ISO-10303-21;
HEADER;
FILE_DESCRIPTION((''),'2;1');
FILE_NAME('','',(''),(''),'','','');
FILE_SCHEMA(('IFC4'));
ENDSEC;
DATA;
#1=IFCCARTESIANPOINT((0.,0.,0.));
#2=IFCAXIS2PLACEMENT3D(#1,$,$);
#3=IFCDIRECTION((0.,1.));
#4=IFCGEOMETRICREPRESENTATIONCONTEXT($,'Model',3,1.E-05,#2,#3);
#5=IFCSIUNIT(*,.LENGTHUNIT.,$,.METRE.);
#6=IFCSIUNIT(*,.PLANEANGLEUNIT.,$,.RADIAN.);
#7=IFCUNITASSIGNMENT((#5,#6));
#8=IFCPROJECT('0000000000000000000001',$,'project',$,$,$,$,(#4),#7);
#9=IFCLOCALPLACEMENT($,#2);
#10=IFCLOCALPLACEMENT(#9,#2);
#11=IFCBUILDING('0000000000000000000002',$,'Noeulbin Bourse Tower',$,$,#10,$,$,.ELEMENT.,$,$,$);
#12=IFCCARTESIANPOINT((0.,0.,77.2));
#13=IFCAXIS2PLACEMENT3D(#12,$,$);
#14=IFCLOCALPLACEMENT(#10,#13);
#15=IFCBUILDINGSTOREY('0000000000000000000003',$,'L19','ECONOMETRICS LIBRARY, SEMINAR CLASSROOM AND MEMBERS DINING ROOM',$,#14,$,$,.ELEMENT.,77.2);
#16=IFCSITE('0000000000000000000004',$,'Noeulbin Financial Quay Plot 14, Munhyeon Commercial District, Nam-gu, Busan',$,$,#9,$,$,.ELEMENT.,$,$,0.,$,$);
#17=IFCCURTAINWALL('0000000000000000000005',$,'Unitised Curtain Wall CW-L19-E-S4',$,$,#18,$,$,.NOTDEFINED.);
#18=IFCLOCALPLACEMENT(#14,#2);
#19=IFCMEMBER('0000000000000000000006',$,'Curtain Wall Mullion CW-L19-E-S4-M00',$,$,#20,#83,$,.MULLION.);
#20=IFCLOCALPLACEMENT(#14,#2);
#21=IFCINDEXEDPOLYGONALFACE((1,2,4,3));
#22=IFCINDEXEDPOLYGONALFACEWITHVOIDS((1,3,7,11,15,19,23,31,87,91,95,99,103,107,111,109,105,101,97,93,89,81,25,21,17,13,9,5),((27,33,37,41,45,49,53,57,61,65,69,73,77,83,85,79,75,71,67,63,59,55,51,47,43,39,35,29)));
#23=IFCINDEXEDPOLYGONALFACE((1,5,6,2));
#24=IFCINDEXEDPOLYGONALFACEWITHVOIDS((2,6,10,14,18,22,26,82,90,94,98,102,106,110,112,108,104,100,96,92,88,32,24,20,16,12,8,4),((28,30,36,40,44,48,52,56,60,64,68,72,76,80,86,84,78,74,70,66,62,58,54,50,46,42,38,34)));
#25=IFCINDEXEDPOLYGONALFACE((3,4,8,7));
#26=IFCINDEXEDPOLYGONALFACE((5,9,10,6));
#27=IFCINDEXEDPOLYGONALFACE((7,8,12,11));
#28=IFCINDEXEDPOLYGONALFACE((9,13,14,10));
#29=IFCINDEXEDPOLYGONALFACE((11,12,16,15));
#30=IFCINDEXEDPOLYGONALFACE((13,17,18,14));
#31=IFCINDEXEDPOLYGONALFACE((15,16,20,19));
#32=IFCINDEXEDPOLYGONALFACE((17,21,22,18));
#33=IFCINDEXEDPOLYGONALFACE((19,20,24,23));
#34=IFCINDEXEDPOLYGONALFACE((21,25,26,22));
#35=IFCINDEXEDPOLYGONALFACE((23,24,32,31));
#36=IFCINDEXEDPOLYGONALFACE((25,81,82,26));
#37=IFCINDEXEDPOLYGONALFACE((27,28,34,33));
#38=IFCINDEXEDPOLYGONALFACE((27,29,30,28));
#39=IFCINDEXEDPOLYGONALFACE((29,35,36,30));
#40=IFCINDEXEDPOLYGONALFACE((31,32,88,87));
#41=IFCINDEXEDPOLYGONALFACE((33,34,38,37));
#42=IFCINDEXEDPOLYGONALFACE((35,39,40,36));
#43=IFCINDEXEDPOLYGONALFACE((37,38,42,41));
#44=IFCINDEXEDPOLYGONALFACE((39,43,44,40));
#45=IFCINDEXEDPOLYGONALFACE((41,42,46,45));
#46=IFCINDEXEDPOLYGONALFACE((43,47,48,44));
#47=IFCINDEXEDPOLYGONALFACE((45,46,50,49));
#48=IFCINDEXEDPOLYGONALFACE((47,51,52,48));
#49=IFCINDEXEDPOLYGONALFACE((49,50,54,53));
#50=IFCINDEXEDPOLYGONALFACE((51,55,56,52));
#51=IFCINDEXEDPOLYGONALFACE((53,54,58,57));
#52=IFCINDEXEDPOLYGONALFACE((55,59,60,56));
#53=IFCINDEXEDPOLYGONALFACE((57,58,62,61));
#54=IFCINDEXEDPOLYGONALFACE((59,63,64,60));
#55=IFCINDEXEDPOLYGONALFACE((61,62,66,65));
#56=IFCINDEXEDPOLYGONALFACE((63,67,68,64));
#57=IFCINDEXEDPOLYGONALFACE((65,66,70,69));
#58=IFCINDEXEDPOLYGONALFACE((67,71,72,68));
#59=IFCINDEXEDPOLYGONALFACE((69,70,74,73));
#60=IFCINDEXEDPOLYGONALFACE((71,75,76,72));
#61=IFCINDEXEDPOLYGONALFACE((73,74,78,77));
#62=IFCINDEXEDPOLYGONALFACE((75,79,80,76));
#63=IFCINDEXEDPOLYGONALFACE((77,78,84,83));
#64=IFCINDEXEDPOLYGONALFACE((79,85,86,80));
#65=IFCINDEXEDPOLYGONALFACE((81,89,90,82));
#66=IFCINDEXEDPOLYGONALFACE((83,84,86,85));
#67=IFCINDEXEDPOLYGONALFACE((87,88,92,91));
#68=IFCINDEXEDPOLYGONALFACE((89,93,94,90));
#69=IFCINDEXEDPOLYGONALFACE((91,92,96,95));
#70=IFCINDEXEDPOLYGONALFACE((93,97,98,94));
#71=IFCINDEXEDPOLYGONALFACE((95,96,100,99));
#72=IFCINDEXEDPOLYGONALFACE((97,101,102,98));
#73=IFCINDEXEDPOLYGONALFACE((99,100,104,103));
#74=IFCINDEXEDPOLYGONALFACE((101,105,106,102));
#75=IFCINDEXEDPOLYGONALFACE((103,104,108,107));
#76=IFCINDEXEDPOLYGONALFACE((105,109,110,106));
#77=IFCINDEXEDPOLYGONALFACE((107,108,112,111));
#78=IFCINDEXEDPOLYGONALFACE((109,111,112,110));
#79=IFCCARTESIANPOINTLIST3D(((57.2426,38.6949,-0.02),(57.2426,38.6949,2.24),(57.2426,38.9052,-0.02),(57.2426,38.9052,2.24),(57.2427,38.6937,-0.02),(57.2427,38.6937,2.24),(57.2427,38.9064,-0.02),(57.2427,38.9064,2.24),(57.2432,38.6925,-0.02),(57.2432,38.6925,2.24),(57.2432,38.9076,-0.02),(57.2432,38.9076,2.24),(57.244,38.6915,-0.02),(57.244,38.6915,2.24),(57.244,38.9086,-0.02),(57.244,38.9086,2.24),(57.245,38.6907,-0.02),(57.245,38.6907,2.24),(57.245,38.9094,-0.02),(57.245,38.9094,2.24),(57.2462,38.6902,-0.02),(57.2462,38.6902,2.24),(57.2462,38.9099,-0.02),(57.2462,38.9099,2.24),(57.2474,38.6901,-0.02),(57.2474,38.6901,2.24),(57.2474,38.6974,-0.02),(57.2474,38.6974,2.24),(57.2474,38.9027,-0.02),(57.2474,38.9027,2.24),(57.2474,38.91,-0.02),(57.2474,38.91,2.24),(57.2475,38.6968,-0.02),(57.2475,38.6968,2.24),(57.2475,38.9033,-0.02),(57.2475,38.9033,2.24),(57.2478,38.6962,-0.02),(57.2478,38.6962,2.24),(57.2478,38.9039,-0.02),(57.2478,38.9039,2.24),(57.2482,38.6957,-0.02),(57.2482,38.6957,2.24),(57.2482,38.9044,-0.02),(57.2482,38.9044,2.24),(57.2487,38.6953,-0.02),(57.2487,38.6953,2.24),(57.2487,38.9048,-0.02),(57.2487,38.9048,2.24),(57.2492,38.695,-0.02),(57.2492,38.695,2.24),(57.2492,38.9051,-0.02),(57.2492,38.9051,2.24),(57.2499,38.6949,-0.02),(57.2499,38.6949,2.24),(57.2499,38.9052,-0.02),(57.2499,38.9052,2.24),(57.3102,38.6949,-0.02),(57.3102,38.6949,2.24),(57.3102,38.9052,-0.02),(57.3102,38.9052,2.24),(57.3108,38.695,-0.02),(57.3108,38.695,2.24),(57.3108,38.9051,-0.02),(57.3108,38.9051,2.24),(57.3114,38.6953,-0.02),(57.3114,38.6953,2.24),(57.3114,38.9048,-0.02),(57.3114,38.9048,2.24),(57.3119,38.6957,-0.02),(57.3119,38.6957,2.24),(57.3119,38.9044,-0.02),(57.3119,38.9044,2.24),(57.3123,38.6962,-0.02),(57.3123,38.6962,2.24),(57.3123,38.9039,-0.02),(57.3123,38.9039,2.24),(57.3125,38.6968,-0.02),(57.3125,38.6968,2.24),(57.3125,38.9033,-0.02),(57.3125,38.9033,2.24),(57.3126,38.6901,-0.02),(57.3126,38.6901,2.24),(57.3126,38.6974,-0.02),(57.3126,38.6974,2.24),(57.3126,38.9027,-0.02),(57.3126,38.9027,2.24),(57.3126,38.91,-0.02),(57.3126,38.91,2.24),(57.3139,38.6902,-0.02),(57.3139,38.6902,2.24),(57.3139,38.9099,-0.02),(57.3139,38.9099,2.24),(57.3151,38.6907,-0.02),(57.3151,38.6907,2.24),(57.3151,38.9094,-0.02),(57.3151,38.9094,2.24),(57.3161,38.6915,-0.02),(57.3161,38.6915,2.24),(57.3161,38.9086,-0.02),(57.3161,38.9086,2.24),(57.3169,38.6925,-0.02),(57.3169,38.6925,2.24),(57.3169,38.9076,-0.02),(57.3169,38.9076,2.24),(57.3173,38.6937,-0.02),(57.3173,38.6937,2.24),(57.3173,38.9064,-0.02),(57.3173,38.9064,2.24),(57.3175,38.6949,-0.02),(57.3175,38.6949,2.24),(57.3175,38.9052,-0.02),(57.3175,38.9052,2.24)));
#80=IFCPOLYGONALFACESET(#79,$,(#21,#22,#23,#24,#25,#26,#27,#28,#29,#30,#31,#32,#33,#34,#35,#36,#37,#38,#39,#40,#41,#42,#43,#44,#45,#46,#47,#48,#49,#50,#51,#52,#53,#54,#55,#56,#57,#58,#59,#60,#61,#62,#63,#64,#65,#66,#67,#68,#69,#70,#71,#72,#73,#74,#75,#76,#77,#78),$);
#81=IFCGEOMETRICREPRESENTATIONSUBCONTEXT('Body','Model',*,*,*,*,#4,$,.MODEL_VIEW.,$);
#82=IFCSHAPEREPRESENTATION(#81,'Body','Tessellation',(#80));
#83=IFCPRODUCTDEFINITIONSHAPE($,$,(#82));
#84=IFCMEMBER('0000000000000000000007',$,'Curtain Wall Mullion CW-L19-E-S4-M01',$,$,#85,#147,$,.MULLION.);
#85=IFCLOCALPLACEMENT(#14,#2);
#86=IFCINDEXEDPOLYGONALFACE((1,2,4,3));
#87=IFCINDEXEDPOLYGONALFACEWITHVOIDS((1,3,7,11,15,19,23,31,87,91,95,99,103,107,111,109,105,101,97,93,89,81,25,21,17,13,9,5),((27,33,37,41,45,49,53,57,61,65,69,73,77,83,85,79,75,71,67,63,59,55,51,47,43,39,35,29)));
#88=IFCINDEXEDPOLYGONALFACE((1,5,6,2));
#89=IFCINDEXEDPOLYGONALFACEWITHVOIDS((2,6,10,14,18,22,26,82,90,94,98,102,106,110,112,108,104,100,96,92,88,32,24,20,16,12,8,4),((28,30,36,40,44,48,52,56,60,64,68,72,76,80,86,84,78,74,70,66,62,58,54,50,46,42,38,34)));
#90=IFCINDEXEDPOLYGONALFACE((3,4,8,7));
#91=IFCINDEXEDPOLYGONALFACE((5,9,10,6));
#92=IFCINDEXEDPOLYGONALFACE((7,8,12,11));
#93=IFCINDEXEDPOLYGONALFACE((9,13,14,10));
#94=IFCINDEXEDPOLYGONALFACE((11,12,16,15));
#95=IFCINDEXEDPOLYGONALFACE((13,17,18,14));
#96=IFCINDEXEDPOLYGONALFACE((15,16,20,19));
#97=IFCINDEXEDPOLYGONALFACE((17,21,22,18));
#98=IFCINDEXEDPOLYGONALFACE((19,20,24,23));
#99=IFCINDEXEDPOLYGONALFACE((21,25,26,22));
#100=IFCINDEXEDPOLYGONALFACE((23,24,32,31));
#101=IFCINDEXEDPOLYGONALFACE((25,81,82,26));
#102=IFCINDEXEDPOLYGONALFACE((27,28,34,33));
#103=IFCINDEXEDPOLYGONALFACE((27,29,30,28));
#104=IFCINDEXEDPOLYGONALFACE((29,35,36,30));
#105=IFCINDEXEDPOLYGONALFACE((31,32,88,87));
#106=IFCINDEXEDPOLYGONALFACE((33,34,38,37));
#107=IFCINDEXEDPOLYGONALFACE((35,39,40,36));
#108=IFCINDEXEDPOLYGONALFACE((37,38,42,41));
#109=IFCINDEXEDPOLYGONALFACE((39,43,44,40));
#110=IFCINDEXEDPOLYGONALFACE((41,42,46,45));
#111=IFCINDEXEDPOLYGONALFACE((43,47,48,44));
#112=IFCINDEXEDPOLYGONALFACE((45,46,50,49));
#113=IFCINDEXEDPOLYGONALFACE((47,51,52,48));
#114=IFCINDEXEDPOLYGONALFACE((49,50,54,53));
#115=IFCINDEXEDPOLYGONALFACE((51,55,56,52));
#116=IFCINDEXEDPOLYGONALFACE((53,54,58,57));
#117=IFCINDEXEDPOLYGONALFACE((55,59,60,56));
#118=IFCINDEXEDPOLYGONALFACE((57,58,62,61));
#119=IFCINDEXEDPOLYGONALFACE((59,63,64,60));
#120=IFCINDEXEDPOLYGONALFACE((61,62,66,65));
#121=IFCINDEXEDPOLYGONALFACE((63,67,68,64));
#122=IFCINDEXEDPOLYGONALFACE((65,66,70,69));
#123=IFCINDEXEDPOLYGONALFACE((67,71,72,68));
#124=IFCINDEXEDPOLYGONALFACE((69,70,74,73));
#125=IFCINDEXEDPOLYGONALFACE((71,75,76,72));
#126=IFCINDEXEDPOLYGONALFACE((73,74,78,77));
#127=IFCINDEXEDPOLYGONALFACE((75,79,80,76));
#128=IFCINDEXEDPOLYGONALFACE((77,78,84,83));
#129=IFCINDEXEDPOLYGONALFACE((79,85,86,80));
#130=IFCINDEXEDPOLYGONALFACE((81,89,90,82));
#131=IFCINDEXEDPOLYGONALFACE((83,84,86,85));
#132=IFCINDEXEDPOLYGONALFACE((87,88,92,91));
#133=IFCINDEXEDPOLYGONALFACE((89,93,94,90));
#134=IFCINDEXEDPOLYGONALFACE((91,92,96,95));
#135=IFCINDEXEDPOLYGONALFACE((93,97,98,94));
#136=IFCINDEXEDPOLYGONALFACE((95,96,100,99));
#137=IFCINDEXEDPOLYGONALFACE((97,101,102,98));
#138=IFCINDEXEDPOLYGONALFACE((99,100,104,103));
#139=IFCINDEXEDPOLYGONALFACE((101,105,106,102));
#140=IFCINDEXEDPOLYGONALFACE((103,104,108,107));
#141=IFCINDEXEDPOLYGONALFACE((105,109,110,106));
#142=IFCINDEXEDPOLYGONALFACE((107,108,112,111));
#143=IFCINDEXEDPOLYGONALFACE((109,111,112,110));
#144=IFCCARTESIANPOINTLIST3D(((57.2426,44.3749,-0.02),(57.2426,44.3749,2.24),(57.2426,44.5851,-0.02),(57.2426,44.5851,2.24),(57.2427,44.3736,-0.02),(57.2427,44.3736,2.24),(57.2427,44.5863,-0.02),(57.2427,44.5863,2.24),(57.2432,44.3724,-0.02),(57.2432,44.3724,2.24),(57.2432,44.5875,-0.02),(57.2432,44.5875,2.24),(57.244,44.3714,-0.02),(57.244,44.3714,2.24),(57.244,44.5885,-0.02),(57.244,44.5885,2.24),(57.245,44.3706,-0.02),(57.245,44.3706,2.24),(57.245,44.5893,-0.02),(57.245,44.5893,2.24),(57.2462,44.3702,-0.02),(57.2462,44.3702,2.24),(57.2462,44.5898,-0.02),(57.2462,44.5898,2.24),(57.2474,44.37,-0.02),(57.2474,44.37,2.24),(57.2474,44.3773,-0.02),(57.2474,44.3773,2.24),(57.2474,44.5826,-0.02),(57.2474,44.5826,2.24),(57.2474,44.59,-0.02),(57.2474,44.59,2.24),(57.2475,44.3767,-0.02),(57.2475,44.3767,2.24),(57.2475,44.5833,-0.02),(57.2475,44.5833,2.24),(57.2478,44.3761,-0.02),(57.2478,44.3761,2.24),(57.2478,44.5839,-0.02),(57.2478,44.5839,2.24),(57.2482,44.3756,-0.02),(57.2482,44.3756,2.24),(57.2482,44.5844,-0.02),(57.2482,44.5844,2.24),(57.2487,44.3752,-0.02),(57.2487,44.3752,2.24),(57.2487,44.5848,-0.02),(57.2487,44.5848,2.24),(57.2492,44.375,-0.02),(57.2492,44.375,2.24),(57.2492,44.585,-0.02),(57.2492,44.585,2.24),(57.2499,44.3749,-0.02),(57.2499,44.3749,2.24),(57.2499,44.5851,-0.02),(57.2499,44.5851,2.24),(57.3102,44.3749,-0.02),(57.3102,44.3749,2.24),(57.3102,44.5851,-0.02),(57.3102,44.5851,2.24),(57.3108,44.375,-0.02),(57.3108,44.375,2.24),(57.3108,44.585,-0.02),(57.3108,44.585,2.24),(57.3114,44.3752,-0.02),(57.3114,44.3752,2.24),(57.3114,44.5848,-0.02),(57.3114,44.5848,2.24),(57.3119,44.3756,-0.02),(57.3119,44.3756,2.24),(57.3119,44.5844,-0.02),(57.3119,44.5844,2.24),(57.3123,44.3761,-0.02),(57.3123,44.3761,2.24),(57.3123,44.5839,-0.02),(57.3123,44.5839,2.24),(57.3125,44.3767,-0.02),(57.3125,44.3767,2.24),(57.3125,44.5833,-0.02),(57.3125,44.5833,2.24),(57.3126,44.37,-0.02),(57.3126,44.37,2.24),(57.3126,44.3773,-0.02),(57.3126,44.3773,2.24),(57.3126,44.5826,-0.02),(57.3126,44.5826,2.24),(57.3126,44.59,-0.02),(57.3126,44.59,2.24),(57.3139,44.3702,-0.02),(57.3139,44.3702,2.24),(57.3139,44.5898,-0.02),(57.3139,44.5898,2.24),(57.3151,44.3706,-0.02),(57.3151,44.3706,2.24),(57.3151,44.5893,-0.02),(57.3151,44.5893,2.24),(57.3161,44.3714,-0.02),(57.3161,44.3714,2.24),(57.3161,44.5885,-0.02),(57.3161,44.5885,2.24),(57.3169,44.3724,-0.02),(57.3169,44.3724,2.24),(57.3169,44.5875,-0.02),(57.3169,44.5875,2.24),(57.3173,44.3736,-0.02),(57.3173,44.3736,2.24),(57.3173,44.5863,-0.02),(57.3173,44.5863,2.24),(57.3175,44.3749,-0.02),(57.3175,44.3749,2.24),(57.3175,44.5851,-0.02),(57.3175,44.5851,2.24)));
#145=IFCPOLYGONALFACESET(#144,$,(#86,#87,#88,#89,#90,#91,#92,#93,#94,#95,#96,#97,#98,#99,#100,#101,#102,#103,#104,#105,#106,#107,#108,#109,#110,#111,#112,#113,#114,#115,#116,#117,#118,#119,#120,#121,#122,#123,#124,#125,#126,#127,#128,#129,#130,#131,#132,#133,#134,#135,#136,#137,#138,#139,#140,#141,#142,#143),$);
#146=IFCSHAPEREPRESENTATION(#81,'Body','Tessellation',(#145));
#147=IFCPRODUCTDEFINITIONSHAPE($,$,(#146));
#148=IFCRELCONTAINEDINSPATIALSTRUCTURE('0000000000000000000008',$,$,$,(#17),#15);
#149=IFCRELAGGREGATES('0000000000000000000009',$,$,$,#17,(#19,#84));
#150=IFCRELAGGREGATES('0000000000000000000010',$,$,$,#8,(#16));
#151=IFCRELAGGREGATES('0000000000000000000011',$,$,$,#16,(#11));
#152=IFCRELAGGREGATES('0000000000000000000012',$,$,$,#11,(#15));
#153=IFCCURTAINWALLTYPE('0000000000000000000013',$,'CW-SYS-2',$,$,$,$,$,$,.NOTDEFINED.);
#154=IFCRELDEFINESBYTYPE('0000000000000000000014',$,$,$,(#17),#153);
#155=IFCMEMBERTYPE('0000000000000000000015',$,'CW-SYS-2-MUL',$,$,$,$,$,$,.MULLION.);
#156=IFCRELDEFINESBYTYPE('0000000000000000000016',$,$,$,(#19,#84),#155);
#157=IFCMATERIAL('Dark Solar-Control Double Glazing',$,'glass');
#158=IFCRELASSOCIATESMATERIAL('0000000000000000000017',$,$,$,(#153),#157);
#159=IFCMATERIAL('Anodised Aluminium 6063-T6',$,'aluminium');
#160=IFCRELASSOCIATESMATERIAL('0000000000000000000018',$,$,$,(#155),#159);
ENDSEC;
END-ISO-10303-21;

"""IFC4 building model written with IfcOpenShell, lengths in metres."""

from ifc_helpers import new_model, si_unit, direction, frame, origin, origin_2d, place, context, subcontext, project, spatial, hollow_rectangle, extrude, material, material_profile, profile_set, type_object, element, aggregate, save


model = new_model("IFC4")

# Units and contexts
model_context = context("Model", 3, precision=1e-05, world=origin(), true_north=direction((0.0, 1.0)))
body_context = subcontext(model_context, "Body", "Model", "MODEL_VIEW")
ifc_project = project(units=[si_unit("LENGTHUNIT", "METRE"), si_unit("PLANEANGLEUNIT", "RADIAN")], contexts=[model_context])

# Site, building, storey
site_placement = place(None, origin())
site = spatial("IfcSite", under=ifc_project, at=site_placement, Name="Noeulbin Financial Quay Plot 14, Munhyeon Commercial District, Nam-gu, Busan", CompositionType="ELEMENT", RefElevation=0.0)
building_placement = place(site_placement, origin())
building = spatial("IfcBuilding", under=site, at=building_placement, Name="Noeulbin Bourse Tower", CompositionType="ELEMENT")
storey_placement = place(building_placement, frame((0.0, 0.0, 77.2)))
storey = spatial("IfcBuildingStorey", under=building, at=storey_placement, Name="L19", Description="ECONOMETRICS LIBRARY, SEMINAR CLASSROOM AND MEMBERS DINING ROOM", CompositionType="ELEMENT", Elevation=77.2)

# Shared definitions
ifc_material_1 = material(Name="Dark Solar-Control Double Glazing", Category="glass")
curtain_wall_type = type_object("IfcCurtainWallType", Name="CW-SYS-2", PredefinedType="NOTDEFINED", material=ifc_material_1)
ifc_material_2 = material(Name="Anodised Aluminium 6063-T6", Category="aluminium")
ifc_material_profile_1 = material_profile(ifc_material_2, hollow_rectangle(XDim=0.075, YDim=0.22, WallThickness=0.0049, InnerFilletRadius=0.0024, OuterFilletRadius=0.0049, at=origin_2d()), Name="ALU-MULL-75x220x5", Category="LoadBearing")
ifc_profile_set_1 = profile_set([ifc_material_profile_1], Name="Anodised Aluminium 6063-T6")
member_type_1 = type_object("IfcMemberType", Name="CW-SYS-2-MUL", PredefinedType="MULLION", material=ifc_profile_set_1)

# Curtain wall, members
curtain_wall_1_placement = place(storey_placement, origin())
curtain_wall_1 = element("IfcCurtainWall", 1, at=curtain_wall_1_placement, inside=storey, type_object=curtain_wall_type, Name="Unitised Curtain Wall CW-L19-E-S4", PredefinedType="NOTDEFINED")
member_1_placement = place(storey_placement, frame((57.28, 38.8, -0.02), z_axis=(0.0, 0.0, 1.0), x_axis=(1.0, 0.0, 0.0)))
member_1 = element("IfcMember", 2, at=member_1_placement, type_object=member_type_1, Name="Curtain Wall Mullion CW-L19-E-S4-M00", PredefinedType="MULLION", context=body_context, shape_type="SweptSolid", body=[
    extrude(hollow_rectangle(XDim=0.075, YDim=0.22, WallThickness=0.0049, InnerFilletRadius=0.0024, OuterFilletRadius=0.0049, at=origin_2d()), origin(), (0.0, 0.0, 1.0), 2.26),
])
member_2_placement = place(storey_placement, frame((57.28, 44.48, -0.02), z_axis=(0.0, 0.0, 1.0), x_axis=(1.0, 0.0, 0.0)))
member_2 = element("IfcMember", 3, at=member_2_placement, type_object=member_type_1, Name="Curtain Wall Mullion CW-L19-E-S4-M01", PredefinedType="MULLION", context=body_context, shape_type="SweptSolid", body=[
    extrude(hollow_rectangle(XDim=0.075, YDim=0.22, WallThickness=0.0049, InnerFilletRadius=0.0024, OuterFilletRadius=0.0049, at=origin_2d()), origin(), (0.0, 0.0, 1.0), 2.26),
])

aggregate(curtain_wall_1, [member_1, member_2])

save(model, "model.ifc")
